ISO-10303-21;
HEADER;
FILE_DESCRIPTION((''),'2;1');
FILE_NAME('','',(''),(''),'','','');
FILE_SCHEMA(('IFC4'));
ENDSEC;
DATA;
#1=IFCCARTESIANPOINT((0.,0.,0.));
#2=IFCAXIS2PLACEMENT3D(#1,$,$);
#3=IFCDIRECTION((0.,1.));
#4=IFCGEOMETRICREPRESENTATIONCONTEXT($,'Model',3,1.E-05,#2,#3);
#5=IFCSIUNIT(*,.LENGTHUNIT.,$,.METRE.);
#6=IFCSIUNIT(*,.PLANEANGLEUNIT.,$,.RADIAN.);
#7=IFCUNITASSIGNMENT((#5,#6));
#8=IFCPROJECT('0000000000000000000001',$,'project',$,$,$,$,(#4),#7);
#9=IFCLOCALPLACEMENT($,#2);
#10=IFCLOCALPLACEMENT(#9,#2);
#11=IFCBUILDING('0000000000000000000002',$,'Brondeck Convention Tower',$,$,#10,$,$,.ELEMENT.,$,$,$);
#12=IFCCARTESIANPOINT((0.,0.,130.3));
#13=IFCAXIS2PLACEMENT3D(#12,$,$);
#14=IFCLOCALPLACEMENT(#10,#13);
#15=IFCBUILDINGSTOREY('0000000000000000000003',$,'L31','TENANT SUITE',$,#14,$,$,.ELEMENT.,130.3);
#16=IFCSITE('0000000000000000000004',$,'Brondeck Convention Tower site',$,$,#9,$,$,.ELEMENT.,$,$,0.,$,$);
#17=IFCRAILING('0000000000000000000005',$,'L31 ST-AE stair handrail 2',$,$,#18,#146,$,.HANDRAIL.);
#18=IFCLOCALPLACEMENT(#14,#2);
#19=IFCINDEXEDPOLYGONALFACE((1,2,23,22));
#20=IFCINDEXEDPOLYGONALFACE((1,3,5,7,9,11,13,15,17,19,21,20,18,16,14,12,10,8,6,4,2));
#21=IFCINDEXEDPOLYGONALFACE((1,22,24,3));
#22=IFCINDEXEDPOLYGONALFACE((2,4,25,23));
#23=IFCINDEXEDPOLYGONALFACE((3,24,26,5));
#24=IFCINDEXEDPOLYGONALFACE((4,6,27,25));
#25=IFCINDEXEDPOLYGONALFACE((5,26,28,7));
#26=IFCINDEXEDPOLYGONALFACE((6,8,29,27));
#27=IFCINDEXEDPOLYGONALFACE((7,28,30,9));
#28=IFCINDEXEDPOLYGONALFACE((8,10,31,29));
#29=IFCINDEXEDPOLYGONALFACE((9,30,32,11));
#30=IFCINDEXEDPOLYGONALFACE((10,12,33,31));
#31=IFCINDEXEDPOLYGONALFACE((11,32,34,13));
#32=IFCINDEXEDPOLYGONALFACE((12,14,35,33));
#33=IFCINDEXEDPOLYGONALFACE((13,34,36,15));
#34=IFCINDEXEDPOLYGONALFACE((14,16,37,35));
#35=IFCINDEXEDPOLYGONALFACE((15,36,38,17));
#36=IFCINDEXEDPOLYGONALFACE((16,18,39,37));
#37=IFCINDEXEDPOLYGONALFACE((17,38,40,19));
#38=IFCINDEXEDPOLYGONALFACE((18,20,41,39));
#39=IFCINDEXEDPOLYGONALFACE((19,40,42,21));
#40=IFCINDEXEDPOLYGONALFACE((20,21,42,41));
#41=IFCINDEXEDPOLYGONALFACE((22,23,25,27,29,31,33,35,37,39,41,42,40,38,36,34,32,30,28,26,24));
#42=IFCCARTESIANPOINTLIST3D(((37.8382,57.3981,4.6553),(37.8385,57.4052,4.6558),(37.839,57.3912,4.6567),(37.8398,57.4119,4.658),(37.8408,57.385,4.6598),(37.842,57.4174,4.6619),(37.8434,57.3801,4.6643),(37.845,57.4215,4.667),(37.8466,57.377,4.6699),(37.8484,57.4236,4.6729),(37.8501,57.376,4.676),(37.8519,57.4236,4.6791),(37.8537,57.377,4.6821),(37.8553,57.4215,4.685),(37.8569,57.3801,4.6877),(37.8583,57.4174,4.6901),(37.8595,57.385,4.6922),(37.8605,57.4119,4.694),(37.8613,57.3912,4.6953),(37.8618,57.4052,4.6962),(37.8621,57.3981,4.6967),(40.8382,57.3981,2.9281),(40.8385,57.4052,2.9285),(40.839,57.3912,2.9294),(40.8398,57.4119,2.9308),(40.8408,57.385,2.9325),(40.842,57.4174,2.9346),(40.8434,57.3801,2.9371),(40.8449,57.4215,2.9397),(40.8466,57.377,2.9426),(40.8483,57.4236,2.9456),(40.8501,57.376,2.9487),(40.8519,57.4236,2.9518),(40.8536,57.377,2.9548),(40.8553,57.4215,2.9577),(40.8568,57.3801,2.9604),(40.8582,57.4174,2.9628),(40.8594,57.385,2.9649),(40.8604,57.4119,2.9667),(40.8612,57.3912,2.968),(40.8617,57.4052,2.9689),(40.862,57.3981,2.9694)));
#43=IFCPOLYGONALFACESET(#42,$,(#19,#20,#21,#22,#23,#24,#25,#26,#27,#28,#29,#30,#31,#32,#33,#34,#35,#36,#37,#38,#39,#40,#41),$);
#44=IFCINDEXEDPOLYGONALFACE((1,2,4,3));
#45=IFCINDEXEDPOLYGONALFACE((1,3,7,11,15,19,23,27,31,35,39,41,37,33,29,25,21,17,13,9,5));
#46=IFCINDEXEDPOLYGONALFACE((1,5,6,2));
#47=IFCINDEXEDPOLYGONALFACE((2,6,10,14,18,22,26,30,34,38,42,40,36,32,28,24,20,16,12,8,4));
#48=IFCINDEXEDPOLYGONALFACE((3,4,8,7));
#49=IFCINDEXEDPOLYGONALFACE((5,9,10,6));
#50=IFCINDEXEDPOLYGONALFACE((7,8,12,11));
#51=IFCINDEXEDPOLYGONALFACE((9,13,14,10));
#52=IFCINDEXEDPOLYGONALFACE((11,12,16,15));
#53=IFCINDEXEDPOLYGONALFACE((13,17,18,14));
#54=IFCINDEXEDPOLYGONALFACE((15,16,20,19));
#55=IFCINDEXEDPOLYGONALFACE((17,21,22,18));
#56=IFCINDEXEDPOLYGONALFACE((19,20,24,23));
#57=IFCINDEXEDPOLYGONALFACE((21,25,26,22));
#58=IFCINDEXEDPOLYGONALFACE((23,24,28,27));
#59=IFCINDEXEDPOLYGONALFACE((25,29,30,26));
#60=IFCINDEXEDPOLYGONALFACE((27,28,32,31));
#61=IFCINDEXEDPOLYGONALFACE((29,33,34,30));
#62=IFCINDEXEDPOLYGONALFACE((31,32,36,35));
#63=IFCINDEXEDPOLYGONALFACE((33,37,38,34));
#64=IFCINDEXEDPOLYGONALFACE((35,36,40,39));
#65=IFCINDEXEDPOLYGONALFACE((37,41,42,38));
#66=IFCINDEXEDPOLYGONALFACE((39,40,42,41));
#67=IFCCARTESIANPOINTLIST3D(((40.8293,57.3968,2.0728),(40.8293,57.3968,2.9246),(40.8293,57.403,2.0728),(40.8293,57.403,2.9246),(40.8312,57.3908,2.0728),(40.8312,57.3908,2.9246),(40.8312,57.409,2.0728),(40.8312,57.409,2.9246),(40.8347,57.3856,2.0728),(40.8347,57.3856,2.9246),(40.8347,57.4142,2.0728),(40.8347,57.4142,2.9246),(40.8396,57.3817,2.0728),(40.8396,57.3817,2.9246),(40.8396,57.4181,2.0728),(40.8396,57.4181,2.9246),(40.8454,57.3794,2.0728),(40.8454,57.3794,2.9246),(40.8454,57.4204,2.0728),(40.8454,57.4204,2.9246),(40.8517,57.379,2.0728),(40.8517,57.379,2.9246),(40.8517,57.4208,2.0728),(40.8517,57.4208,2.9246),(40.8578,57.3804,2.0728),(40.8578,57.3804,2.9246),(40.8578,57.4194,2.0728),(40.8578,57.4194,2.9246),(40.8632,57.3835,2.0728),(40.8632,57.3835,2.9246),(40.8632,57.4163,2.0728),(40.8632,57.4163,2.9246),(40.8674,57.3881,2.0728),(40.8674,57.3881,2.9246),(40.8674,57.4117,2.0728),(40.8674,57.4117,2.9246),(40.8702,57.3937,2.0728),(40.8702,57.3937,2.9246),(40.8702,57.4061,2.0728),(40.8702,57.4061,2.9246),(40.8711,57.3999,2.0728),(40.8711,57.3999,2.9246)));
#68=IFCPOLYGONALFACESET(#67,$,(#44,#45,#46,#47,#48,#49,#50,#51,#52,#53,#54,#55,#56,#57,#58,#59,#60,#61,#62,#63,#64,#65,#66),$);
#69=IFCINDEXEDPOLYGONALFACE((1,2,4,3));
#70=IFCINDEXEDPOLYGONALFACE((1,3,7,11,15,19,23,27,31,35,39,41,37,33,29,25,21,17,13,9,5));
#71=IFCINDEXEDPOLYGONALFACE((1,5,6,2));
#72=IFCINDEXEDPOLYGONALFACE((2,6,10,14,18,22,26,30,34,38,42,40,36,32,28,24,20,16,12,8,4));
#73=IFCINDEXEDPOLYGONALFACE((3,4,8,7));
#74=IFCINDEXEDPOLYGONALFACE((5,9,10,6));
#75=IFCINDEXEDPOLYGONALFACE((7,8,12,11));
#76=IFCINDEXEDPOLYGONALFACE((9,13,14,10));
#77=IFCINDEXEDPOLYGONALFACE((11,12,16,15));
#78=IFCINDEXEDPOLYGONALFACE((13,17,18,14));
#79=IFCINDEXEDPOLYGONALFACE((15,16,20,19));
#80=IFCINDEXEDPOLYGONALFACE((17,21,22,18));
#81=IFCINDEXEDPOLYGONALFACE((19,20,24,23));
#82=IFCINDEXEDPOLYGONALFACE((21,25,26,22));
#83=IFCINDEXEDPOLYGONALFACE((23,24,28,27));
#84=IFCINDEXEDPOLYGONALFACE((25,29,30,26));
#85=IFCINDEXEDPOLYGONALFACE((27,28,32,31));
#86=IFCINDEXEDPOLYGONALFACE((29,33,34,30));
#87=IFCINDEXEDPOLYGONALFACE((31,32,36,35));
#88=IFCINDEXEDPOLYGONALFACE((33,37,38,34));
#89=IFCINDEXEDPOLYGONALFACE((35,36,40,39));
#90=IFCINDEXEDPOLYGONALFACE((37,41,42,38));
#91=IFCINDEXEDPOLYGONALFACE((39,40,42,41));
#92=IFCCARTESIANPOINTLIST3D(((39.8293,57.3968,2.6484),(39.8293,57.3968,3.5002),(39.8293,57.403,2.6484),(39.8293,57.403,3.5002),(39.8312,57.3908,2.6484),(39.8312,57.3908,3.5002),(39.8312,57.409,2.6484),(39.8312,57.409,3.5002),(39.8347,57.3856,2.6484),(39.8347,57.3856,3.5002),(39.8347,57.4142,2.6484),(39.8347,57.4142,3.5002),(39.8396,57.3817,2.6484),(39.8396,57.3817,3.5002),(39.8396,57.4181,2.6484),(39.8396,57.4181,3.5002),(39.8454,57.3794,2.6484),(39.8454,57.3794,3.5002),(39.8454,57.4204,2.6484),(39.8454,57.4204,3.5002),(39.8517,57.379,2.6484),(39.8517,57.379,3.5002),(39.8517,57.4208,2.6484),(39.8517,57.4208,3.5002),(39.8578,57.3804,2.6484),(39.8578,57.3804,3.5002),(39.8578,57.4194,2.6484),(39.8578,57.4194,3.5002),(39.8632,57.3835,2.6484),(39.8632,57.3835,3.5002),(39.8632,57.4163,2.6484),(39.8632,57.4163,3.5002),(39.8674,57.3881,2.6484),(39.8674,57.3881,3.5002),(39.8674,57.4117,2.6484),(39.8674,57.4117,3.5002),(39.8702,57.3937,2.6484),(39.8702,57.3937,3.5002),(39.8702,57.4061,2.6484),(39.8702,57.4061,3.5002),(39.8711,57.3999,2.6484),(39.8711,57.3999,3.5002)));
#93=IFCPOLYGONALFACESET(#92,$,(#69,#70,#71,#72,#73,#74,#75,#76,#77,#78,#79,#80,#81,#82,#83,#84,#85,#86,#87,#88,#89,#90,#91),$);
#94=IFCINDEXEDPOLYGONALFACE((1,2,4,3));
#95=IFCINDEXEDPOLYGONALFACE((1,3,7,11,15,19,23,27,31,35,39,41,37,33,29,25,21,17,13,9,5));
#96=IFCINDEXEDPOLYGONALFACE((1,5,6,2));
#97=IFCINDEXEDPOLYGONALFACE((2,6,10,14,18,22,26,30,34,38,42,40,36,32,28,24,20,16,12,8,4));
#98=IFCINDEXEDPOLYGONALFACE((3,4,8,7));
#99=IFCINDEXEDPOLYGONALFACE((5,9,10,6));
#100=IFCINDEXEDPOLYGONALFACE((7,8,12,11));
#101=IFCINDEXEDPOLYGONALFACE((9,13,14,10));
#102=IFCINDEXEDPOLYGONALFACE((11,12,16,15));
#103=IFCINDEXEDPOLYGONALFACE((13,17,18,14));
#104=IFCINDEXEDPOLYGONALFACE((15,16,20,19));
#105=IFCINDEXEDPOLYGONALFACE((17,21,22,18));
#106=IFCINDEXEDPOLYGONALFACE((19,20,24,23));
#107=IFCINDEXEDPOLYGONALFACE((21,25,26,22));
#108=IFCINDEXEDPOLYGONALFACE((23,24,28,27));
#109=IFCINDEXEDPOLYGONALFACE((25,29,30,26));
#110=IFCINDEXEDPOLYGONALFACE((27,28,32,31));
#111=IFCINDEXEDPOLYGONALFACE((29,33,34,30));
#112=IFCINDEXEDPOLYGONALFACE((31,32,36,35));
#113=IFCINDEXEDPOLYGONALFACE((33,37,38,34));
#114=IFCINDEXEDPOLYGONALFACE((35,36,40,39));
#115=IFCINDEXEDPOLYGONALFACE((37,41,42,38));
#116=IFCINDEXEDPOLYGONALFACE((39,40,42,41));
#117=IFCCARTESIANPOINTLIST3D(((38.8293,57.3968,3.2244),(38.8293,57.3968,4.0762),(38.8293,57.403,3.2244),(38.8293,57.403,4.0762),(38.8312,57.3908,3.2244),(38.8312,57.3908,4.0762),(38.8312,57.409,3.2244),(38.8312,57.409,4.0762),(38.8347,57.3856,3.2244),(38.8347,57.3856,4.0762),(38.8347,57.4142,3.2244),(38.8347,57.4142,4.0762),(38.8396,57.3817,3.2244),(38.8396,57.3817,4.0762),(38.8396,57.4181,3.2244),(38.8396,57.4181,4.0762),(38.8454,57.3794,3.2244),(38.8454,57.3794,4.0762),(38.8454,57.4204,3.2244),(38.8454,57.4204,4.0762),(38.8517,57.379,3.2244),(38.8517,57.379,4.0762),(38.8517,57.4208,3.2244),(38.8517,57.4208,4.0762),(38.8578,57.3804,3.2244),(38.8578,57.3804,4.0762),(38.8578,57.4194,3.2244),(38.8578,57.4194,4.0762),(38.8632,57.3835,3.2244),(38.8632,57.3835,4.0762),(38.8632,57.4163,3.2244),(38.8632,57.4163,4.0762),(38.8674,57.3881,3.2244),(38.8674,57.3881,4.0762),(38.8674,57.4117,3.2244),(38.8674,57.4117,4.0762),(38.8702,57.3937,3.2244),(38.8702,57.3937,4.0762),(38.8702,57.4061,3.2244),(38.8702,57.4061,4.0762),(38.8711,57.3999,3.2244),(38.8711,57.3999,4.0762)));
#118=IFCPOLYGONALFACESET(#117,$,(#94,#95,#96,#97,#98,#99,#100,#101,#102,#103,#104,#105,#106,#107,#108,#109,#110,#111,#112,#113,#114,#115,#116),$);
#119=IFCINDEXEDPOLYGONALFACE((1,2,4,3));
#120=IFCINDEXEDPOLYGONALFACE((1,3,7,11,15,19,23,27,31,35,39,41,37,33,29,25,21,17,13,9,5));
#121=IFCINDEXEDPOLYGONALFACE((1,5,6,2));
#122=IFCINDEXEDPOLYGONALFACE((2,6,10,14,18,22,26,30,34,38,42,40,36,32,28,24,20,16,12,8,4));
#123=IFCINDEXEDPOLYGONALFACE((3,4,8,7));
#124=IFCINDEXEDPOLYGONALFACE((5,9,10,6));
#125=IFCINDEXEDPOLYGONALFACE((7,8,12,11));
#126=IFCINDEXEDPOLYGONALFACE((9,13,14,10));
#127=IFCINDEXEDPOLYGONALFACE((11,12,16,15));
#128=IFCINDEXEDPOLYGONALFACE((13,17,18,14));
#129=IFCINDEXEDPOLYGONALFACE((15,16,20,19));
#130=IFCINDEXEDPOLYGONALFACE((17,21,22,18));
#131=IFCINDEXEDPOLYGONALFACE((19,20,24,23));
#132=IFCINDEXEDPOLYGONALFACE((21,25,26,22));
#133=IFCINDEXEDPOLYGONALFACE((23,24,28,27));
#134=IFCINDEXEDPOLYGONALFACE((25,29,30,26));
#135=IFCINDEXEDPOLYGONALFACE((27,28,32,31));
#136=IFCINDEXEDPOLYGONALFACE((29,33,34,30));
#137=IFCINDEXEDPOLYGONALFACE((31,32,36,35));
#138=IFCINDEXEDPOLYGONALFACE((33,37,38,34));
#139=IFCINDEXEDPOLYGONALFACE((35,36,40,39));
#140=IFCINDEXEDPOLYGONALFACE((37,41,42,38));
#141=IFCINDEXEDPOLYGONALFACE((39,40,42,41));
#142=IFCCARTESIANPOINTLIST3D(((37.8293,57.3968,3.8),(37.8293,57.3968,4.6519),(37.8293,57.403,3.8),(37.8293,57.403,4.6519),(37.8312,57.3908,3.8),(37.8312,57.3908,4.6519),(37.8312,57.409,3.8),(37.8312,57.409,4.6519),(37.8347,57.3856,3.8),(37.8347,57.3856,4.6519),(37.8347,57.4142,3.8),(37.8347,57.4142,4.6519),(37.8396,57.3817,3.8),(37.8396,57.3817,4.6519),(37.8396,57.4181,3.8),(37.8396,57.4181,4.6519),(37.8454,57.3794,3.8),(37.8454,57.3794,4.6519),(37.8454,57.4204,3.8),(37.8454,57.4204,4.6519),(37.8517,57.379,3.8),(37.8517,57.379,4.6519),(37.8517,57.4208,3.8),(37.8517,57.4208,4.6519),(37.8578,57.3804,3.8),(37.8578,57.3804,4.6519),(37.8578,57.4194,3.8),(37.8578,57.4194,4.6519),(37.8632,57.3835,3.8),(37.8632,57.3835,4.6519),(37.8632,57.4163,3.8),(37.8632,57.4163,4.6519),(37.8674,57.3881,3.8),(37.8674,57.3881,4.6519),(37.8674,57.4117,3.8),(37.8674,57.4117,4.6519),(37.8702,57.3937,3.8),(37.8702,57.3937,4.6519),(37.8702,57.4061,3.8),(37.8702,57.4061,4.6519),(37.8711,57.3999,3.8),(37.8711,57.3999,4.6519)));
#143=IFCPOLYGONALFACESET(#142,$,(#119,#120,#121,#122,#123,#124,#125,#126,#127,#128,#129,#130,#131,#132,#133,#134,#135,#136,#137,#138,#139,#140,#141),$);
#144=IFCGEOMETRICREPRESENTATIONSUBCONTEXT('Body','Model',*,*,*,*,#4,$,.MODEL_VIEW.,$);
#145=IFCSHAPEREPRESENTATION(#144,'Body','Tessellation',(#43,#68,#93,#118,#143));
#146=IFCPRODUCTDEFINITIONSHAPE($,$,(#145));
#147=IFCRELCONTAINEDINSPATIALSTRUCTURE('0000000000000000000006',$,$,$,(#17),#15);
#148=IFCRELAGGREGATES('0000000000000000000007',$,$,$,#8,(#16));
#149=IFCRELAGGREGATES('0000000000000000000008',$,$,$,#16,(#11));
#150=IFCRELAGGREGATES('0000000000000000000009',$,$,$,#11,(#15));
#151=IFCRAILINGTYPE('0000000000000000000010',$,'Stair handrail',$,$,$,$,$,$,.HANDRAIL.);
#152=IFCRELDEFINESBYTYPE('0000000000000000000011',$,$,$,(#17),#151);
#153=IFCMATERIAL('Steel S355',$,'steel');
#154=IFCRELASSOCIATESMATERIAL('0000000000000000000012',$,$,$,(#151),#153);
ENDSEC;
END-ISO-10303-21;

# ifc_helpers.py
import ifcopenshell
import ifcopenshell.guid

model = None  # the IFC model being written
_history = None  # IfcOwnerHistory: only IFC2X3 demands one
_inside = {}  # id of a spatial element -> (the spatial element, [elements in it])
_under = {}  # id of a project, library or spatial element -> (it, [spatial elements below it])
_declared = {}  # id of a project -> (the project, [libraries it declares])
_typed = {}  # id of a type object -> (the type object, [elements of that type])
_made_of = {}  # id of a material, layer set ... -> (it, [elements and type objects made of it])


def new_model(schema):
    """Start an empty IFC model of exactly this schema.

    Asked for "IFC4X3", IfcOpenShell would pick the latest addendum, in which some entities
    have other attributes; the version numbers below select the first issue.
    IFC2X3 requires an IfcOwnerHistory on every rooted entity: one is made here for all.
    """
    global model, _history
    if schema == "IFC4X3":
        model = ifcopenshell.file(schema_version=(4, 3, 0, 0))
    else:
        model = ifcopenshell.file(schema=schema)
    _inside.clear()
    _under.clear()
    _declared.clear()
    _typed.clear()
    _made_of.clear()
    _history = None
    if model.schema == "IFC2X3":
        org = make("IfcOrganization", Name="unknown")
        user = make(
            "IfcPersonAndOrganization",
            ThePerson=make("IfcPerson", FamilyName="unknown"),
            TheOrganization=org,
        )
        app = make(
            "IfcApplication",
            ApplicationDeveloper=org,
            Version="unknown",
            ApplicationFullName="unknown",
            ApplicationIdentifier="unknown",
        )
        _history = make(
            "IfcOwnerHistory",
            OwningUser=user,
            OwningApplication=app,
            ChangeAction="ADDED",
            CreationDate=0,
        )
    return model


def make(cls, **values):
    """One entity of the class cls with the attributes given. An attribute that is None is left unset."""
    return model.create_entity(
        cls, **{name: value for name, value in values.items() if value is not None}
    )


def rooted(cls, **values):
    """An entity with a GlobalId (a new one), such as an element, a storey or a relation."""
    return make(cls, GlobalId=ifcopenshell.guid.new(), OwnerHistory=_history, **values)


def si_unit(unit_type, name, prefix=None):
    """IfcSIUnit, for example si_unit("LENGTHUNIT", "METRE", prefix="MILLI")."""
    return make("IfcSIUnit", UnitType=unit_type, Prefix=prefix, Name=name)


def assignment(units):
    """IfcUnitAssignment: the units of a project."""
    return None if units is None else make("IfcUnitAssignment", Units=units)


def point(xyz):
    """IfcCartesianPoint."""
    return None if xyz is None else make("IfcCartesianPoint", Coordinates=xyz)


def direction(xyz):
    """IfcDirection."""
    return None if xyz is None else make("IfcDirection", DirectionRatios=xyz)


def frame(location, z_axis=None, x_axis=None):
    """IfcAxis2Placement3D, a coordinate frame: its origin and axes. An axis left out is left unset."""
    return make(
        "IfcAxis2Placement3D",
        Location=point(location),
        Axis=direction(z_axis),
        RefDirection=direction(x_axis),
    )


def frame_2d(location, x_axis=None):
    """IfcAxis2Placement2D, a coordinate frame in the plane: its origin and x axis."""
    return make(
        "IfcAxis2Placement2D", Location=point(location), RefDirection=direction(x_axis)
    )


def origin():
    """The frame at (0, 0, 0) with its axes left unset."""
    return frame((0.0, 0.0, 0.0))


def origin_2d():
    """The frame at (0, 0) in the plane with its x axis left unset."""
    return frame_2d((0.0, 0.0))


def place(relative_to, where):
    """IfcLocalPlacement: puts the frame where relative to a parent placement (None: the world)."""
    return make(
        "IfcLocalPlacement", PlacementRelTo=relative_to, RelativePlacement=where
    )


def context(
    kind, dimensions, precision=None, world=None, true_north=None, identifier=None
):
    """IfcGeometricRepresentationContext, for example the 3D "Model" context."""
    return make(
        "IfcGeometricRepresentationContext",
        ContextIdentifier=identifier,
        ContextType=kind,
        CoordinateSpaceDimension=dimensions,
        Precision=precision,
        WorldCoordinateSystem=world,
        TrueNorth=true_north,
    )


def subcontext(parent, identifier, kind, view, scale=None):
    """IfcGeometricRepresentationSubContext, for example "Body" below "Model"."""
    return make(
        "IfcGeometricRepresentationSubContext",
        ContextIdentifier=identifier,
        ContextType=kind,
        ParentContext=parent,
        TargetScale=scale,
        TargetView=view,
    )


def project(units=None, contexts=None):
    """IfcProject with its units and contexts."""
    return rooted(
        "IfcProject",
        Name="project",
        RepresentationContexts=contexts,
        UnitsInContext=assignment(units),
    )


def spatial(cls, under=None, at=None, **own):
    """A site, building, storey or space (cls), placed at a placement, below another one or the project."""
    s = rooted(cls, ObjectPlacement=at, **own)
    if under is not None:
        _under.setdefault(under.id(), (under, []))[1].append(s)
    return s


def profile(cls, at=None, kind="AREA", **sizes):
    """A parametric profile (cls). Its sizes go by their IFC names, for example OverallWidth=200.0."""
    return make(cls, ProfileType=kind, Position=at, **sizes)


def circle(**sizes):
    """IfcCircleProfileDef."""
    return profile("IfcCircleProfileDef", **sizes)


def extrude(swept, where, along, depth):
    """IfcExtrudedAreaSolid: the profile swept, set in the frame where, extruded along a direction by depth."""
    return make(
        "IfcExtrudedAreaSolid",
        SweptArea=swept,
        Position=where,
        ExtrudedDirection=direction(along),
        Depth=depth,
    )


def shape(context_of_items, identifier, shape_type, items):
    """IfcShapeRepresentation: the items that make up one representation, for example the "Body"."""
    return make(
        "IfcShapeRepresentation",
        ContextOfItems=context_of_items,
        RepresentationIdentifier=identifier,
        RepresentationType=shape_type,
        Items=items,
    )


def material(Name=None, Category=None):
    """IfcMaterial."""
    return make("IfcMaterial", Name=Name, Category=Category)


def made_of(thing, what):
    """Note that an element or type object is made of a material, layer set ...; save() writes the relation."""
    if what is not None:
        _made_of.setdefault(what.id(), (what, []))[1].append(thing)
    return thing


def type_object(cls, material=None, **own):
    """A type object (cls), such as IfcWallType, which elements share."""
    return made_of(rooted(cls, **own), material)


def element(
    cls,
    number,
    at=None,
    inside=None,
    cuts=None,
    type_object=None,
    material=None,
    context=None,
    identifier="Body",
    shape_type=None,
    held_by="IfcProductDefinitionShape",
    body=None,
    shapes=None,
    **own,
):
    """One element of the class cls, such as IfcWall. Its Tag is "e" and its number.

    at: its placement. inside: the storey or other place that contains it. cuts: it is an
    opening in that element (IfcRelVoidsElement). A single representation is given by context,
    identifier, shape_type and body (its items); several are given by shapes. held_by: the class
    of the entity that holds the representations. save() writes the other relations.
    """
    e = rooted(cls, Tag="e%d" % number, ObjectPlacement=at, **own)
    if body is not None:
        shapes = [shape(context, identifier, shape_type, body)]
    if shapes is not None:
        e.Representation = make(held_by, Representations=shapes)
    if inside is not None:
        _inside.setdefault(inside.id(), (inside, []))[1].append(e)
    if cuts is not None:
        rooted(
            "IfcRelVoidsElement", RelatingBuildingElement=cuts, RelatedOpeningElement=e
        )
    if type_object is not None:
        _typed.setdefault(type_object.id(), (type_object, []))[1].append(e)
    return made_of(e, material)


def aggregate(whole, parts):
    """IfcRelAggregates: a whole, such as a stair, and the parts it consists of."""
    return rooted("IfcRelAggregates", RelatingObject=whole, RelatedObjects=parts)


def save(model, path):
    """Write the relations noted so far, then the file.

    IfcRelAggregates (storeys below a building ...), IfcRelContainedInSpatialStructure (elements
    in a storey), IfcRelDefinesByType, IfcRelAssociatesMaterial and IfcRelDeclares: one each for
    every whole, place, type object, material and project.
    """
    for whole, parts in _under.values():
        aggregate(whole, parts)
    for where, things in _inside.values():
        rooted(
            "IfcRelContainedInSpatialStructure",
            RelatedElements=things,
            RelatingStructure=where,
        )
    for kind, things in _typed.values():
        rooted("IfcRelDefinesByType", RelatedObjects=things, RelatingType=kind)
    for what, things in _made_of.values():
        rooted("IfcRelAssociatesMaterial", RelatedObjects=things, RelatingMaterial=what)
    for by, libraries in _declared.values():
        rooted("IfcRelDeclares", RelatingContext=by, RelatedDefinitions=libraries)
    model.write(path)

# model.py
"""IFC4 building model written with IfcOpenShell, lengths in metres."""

from ifc_helpers import new_model, si_unit, direction, frame, origin, origin_2d, place, context, subcontext, project, spatial, circle, extrude, material, type_object, element, save


model = new_model("IFC4")

# Units and contexts
model_context = context("Model", 3, precision=1e-05, world=origin(), true_north=direction((0.0, 1.0)))
body_context = subcontext(model_context, "Body", "Model", "MODEL_VIEW")
ifc_project = project(units=[si_unit("LENGTHUNIT", "METRE"), si_unit("PLANEANGLEUNIT", "RADIAN")], contexts=[model_context])

# Site, building, storey
site_placement = place(None, origin())
site = spatial("IfcSite", under=ifc_project, at=site_placement, Name="Brondeck Convention Tower site", CompositionType="ELEMENT", RefElevation=0.0)
building_placement = place(site_placement, origin())
building = spatial("IfcBuilding", under=site, at=building_placement, Name="Brondeck Convention Tower", CompositionType="ELEMENT")
storey_placement = place(building_placement, frame((0.0, 0.0, 130.3)))
storey = spatial("IfcBuildingStorey", under=building, at=storey_placement, Name="L31", Description="TENANT SUITE", CompositionType="ELEMENT", Elevation=130.3)

# Shared definitions
ifc_material_1 = material(Name="Steel S355", Category="steel")

# Railing
railing_type_1 = type_object("IfcRailingType", Name="Stair handrail", PredefinedType="HANDRAIL", material=ifc_material_1)
railing_1_placement = place(storey_placement, frame((40.8501, 57.3999, 2.0728)))
element("IfcRailing", 1, at=railing_1_placement, inside=storey, type_object=railing_type_1, Name="L31 ST-AE stair handrail 2", PredefinedType="HANDRAIL", context=body_context, shape_type="SweptSolid", body=[
    extrude(circle(Radius=0.0239, at=origin_2d()), frame((0.0, 0.0, 0.876), z_axis=(-0.86662, 0.0, 0.498969), x_axis=(0.0, -1.0, 0.0)), (0.0, 0.0, 1.0), 3.4617),
    extrude(circle(Radius=0.021, at=origin_2d()), origin(), (0.0, 0.0, 1.0), 0.8518),
    extrude(circle(Radius=0.021, at=origin_2d()), frame((-1.0, 0.0, 0.5757)), (0.0, 0.0, 1.0), 0.8518),
    extrude(circle(Radius=0.021, at=origin_2d()), frame((-2.0, 0.0, 1.1516)), (0.0, 0.0, 1.0), 0.8518),
    extrude(circle(Radius=0.021, at=origin_2d()), frame((-3.0, 0.0, 1.7273)), (0.0, 0.0, 1.0), 0.8518),
])

save(model, "model.ifc")
